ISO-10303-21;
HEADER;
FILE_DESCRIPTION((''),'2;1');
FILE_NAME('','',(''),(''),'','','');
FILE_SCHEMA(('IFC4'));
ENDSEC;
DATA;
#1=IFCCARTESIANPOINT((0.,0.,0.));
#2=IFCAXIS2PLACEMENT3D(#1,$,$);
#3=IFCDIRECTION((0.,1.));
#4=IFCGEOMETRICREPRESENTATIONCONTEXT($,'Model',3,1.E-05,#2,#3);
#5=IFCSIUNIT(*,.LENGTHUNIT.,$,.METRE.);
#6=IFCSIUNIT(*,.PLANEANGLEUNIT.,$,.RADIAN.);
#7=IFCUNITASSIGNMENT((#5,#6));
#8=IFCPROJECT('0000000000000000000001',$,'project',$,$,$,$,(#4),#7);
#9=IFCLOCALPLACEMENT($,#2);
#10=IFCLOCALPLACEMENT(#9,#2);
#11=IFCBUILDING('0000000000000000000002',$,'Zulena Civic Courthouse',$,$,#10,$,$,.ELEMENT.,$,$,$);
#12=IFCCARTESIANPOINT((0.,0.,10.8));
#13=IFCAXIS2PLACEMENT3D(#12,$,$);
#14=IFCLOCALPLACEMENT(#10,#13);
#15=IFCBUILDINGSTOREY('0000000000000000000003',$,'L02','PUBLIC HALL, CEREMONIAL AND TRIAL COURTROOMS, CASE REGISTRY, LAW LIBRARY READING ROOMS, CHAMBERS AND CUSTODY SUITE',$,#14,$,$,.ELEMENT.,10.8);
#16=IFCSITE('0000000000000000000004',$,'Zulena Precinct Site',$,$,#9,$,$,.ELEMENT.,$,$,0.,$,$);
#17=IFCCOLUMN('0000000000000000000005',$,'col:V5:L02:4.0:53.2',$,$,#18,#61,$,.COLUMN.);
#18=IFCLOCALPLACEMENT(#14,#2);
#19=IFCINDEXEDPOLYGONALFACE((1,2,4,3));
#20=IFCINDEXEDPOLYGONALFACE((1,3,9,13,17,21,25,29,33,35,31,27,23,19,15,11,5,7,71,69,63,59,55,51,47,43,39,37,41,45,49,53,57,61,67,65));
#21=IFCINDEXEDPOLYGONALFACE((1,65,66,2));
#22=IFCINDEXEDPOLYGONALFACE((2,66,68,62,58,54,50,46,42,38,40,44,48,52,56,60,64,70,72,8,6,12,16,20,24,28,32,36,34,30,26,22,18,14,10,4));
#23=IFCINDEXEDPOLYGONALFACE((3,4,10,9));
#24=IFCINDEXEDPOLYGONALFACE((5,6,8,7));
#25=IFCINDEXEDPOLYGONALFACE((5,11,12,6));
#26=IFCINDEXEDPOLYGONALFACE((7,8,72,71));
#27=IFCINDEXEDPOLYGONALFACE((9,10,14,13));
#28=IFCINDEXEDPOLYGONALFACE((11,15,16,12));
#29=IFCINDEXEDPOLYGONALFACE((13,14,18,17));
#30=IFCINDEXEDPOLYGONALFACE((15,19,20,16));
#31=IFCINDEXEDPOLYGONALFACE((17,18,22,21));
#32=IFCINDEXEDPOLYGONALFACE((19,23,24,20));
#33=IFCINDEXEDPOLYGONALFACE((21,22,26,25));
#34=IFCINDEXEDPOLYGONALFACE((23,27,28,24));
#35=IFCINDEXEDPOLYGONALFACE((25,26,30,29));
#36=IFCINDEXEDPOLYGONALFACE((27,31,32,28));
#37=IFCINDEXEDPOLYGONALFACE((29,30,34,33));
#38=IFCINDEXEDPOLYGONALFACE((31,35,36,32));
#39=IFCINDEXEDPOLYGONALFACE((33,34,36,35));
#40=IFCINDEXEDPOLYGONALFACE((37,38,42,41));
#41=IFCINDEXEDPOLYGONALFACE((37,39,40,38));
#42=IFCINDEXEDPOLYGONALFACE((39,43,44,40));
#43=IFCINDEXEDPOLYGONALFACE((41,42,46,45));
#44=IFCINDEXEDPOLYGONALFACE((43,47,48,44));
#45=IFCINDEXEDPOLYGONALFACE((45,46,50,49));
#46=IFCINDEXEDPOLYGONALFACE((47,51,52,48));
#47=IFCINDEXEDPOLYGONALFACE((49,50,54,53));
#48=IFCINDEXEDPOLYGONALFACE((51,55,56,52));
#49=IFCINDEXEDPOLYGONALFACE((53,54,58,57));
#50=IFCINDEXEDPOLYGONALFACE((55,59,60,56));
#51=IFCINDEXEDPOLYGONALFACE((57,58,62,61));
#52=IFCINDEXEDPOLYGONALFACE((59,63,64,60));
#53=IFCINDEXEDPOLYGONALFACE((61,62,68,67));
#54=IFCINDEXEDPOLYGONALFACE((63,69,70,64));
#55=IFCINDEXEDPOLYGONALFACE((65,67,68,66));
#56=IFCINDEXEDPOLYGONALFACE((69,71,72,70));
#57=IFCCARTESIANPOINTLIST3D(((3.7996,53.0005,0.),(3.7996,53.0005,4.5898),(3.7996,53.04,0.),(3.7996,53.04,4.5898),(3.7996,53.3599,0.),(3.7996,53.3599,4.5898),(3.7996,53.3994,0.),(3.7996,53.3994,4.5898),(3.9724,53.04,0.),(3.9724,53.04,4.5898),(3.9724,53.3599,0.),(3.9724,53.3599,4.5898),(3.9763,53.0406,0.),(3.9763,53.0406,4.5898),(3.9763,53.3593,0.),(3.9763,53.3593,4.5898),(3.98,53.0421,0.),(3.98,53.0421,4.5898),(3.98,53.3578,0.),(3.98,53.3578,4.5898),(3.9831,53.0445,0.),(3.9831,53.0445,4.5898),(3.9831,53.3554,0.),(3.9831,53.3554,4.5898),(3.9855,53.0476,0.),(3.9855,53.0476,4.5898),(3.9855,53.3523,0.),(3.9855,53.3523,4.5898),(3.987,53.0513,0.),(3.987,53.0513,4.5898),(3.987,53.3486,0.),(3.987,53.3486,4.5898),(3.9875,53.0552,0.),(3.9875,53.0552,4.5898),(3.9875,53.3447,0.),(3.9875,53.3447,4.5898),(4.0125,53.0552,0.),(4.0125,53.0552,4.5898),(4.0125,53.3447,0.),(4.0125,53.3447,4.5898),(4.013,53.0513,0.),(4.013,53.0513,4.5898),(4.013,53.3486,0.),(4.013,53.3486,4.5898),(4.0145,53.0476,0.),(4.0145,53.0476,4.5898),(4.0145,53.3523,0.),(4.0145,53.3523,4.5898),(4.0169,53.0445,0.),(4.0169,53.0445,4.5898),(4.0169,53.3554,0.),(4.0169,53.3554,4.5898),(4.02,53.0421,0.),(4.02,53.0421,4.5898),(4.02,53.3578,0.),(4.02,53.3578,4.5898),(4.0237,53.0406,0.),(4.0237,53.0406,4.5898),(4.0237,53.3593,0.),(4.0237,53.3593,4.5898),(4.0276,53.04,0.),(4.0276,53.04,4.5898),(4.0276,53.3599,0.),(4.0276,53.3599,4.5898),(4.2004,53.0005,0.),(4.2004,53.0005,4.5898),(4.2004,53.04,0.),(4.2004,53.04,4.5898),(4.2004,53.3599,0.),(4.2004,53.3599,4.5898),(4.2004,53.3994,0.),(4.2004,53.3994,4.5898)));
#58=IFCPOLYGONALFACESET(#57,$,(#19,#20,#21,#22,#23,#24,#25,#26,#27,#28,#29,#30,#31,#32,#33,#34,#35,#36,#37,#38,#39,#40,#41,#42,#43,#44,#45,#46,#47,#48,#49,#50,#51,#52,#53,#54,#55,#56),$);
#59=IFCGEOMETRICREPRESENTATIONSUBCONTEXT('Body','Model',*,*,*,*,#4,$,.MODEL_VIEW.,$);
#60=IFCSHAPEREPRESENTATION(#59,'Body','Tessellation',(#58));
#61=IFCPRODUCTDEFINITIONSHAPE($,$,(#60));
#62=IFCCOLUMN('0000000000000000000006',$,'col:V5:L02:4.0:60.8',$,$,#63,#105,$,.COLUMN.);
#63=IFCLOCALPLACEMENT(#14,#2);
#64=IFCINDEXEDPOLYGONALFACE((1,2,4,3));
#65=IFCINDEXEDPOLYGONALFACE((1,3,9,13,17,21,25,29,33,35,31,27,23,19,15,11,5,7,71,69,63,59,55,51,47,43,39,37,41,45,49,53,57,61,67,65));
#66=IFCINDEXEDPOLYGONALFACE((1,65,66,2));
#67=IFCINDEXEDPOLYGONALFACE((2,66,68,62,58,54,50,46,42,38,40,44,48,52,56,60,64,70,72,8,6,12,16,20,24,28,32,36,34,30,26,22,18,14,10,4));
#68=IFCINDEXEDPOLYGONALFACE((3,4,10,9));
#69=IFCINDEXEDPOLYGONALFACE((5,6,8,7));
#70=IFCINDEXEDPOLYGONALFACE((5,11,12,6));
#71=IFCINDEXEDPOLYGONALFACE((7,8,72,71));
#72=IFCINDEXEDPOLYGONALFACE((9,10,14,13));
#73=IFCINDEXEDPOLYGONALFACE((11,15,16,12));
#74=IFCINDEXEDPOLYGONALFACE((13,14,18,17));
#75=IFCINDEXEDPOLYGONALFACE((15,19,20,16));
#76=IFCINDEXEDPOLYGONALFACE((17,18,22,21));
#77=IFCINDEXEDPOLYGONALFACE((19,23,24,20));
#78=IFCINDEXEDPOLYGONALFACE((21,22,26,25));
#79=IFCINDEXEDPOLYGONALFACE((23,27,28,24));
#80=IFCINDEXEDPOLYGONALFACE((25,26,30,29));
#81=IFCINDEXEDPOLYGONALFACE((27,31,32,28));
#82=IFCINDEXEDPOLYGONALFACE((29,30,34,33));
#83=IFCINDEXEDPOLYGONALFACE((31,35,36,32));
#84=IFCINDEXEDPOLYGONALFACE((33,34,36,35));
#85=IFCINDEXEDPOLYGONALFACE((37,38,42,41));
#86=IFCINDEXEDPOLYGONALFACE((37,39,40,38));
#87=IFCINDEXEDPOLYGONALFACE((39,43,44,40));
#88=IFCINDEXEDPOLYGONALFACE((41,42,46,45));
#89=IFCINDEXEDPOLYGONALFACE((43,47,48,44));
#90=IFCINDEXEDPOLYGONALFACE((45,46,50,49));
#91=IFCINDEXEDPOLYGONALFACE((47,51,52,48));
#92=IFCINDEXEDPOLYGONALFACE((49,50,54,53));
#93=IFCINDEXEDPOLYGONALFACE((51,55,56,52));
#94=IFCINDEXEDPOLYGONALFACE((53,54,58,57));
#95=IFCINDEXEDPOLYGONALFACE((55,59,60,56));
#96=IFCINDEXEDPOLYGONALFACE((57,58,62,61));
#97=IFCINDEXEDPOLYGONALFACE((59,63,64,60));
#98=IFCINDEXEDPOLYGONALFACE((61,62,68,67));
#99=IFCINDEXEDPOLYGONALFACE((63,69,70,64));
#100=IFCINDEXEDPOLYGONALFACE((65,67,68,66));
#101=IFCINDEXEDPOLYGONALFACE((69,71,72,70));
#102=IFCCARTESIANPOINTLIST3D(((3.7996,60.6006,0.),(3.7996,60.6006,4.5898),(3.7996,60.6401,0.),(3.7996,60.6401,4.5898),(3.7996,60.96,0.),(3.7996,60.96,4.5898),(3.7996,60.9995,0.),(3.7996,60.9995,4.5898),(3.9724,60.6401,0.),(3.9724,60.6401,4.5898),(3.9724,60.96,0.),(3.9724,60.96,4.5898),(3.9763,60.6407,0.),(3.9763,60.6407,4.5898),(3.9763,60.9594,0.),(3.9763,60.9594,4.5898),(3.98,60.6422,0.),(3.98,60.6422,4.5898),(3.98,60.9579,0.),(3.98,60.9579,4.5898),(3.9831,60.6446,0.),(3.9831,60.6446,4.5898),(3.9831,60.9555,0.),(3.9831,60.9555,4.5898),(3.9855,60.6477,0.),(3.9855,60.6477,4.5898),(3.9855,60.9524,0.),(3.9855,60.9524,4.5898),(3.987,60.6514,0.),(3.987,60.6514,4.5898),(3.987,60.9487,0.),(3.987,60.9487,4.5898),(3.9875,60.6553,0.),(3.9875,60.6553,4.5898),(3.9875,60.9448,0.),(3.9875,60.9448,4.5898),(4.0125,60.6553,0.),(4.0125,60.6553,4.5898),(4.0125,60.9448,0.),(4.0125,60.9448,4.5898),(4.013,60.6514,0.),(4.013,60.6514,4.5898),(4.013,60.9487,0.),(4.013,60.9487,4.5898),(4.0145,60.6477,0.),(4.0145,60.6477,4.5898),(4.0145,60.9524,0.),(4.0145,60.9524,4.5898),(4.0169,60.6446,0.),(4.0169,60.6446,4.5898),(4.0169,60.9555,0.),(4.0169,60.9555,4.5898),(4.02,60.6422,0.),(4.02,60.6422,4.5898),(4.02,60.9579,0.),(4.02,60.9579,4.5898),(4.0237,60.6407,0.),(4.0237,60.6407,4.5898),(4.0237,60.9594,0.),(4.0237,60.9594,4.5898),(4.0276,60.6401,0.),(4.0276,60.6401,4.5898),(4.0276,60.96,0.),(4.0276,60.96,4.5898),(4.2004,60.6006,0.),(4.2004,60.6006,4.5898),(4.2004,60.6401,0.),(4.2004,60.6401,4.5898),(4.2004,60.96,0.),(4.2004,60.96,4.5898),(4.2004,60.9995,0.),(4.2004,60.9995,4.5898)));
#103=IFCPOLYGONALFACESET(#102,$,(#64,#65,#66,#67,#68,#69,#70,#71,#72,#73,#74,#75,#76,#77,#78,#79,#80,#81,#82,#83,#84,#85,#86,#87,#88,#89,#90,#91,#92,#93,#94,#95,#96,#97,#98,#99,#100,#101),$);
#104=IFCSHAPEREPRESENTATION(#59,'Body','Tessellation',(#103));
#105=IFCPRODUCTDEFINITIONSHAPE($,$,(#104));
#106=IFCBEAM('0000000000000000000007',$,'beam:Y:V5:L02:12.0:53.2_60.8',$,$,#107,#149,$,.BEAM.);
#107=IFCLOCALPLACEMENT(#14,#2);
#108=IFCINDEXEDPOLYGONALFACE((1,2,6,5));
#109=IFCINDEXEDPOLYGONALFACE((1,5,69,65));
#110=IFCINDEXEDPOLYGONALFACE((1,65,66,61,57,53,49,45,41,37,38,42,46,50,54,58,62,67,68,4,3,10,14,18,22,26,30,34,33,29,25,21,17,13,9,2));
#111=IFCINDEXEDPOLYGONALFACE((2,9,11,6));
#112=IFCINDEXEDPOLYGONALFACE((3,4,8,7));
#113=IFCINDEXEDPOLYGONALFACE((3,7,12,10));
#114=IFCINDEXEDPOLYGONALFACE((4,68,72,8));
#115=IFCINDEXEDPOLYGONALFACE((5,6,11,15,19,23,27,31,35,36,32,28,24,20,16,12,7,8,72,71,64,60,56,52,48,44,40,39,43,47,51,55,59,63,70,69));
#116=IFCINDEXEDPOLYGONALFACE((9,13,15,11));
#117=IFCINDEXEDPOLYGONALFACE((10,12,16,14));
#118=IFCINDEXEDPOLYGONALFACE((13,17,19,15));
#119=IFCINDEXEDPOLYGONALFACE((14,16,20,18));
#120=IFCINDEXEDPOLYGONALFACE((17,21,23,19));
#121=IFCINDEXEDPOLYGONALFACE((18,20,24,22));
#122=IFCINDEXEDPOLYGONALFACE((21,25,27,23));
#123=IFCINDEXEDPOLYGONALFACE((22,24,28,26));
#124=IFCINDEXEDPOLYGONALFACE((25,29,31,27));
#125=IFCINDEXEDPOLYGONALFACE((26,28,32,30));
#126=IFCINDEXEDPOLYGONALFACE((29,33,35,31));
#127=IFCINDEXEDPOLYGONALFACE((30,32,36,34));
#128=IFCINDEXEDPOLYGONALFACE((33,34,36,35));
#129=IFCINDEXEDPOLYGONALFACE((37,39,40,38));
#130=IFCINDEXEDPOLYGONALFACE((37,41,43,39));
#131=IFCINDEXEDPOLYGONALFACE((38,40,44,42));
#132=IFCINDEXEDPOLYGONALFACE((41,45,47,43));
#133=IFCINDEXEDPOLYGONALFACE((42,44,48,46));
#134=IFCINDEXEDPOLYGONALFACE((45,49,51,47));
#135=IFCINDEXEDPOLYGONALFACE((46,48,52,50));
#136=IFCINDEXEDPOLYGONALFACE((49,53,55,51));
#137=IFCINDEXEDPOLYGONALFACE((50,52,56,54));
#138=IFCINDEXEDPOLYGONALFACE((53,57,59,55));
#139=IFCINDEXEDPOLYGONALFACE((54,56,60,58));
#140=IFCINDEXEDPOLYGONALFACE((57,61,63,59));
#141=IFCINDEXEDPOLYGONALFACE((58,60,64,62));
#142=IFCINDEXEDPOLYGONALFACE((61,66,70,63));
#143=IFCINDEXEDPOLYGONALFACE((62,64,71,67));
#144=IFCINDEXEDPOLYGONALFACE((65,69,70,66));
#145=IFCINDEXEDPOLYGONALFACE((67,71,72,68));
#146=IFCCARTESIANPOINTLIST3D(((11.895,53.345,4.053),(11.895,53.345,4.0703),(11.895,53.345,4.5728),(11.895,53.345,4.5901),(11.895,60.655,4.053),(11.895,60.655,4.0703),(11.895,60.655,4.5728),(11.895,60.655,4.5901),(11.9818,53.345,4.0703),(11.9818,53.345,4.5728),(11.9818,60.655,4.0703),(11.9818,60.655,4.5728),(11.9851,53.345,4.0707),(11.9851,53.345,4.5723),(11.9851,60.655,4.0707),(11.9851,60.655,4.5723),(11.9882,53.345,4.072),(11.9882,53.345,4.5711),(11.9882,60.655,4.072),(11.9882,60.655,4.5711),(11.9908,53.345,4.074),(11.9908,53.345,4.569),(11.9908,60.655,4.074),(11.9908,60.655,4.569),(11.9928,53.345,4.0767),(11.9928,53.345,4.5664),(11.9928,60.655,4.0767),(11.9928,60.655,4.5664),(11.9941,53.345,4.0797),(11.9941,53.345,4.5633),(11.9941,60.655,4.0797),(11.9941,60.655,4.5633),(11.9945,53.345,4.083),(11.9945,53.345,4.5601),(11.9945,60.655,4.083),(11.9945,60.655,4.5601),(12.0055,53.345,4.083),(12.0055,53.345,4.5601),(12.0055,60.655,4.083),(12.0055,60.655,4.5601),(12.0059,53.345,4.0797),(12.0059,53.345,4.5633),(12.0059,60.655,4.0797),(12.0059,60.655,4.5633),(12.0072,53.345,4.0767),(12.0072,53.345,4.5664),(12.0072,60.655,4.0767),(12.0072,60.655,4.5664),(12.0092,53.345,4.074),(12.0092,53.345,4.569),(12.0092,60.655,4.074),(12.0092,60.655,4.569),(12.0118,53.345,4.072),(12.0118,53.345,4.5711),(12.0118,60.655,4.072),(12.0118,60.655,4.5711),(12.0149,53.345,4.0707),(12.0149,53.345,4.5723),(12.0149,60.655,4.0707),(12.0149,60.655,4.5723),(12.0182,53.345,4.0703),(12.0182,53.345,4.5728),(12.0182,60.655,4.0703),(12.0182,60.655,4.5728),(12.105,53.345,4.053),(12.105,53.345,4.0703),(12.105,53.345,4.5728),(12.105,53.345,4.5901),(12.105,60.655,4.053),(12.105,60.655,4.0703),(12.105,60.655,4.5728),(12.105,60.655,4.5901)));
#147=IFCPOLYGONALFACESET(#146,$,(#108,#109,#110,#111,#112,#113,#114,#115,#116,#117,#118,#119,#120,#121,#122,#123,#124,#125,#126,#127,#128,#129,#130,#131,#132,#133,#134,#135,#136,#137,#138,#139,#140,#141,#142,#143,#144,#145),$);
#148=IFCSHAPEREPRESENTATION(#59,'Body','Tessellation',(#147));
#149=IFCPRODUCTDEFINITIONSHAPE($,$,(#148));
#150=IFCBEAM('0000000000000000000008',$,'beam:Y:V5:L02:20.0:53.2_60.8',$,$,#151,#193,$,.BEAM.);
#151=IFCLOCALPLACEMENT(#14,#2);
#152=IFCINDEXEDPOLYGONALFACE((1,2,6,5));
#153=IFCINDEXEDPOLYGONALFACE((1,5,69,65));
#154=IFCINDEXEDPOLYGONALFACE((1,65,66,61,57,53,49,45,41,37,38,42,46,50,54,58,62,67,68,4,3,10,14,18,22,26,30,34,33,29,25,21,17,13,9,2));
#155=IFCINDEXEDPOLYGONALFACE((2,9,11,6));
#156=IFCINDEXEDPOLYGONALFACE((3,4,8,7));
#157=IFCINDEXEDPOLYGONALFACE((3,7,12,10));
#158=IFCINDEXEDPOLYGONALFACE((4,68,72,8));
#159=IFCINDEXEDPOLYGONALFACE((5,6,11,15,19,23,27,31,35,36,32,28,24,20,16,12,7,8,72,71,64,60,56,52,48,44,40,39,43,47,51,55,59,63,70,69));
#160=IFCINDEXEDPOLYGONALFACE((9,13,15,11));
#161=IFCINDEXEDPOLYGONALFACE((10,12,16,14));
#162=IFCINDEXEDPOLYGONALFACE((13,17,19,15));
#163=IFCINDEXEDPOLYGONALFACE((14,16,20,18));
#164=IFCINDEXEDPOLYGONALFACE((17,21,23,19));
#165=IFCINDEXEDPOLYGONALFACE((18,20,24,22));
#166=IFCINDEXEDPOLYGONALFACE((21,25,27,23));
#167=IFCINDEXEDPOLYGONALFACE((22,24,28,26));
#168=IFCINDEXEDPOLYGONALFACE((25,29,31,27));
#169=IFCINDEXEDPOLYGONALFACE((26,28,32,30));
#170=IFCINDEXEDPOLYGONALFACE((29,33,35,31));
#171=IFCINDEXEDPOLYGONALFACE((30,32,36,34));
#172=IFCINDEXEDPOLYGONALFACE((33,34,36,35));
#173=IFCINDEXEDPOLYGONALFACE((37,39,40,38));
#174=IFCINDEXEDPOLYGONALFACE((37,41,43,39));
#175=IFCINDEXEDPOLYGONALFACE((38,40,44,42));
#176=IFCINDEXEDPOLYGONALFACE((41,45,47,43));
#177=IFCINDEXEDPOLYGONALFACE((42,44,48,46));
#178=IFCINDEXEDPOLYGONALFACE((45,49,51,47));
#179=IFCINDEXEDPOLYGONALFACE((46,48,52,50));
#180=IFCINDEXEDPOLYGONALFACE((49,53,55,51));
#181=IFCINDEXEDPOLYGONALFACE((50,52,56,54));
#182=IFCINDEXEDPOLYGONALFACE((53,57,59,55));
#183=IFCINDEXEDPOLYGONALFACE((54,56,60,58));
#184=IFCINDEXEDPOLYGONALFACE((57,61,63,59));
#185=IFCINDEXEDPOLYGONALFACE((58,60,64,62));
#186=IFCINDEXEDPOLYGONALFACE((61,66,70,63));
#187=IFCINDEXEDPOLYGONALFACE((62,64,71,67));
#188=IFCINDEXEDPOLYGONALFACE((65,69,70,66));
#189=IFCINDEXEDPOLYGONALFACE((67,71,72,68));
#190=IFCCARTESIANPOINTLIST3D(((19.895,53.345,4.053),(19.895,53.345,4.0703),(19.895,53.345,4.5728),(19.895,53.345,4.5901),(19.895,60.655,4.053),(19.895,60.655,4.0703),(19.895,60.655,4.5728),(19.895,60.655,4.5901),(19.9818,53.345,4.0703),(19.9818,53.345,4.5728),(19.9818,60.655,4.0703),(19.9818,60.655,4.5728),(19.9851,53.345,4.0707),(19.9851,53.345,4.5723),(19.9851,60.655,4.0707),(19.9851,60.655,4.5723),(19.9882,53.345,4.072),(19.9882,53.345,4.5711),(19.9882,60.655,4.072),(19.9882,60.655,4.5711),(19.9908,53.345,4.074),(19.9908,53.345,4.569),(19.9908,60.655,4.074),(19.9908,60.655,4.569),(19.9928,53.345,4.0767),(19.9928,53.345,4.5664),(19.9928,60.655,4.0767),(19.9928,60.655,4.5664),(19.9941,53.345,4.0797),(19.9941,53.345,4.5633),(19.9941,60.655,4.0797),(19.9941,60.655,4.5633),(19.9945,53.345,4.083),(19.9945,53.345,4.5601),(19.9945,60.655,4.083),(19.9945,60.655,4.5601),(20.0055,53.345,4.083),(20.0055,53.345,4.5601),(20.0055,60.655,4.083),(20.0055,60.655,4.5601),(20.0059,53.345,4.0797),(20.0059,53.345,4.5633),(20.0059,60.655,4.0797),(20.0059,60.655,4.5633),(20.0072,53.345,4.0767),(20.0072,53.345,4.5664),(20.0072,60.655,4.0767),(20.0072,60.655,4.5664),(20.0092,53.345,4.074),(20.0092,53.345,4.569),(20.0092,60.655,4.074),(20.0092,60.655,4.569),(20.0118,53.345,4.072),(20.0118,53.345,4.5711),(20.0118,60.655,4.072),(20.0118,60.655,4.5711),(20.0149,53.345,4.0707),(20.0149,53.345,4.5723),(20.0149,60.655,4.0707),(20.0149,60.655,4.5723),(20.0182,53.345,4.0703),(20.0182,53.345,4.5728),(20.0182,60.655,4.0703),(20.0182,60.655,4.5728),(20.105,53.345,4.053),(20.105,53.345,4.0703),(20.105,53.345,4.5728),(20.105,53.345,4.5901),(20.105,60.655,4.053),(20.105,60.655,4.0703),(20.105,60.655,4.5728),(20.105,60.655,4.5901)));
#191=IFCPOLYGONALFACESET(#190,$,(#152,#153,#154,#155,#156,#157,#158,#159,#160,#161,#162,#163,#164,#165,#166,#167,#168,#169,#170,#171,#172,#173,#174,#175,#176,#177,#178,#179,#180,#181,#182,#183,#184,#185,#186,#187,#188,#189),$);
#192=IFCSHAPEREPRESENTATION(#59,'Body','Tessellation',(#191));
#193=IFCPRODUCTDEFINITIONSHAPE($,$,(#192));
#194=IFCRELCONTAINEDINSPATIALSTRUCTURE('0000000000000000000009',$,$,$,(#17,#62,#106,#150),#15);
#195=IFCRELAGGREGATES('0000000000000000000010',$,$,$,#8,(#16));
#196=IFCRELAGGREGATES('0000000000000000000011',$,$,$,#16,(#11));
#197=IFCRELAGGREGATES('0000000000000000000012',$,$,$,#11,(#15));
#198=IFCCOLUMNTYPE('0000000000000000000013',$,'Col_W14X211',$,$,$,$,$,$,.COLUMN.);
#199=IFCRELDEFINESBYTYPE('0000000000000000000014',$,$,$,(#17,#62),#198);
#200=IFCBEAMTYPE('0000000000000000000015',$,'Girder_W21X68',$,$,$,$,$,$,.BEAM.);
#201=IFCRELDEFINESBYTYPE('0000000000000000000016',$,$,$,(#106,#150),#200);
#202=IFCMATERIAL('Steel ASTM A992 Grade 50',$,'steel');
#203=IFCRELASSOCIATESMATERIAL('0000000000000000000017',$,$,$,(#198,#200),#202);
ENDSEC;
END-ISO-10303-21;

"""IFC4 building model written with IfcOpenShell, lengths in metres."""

from ifc_helpers import new_model, si_unit, direction, frame, origin, origin_2d, place, context, subcontext, project, spatial, i_section, extrude, material, material_profile, profile_set, type_object, element, save


model = new_model("IFC4")

# Units and contexts
model_context = context("Model", 3, precision=1e-05, world=origin(), true_north=direction((0.0, 1.0)))
body_context = subcontext(model_context, "Body", "Model", "MODEL_VIEW")
ifc_project = project(units=[si_unit("LENGTHUNIT", "METRE"), si_unit("PLANEANGLEUNIT", "RADIAN")], contexts=[model_context])

# Site, building, storey
site_placement = place(None, origin())
site = spatial("IfcSite", under=ifc_project, at=site_placement, Name="Zulena Precinct Site", CompositionType="ELEMENT", RefElevation=0.0)
building_placement = place(site_placement, origin())
building = spatial("IfcBuilding", under=site, at=building_placement, Name="Zulena Civic Courthouse", CompositionType="ELEMENT")
storey_placement = place(building_placement, frame((0.0, 0.0, 10.8)))
storey = spatial("IfcBuildingStorey", under=building, at=storey_placement, Name="L02", Description="PUBLIC HALL, CEREMONIAL AND TRIAL COURTROOMS, CASE REGISTRY, LAW LIBRARY READING ROOMS, CHAMBERS AND CUSTODY SUITE", CompositionType="ELEMENT", Elevation=10.8)

# Columns
ifc_material_1 = material(Name="Steel ASTM A992 Grade 50", Category="steel")
ifc_material_profile_1 = material_profile(ifc_material_1, i_section(OverallWidth=0.4009, OverallDepth=0.3989, WebThickness=0.0249, FlangeThickness=0.0396, FilletRadius=0.0151, at=origin_2d()), Name="W14X211")
ifc_profile_set_1 = profile_set([ifc_material_profile_1], Name="Steel ASTM A992 Grade 50")
column_type_1 = type_object("IfcColumnType", Name="Col_W14X211", PredefinedType="COLUMN", material=ifc_profile_set_1)
for number, where, z_axis, x_axis, name in (
    (1, (4.0, 53.2, 0.0), (0.0, 0.0, 1.0), (1.0, 0.0, 0.0), "col:V5:L02:4.0:53.2"),
    (2, (4.0, 60.8, 0.0), (0.0, 0.0, 1.0), (1.0, 0.0, 0.0), "col:V5:L02:4.0:60.8"),
):
    element("IfcColumn", number, at=place(storey_placement, frame(where, z_axis=z_axis, x_axis=x_axis)), inside=storey, type_object=column_type_1, Name=name, PredefinedType="COLUMN", context=body_context, shape_type="SweptSolid", body=[
        extrude(i_section(OverallWidth=0.4009, OverallDepth=0.3989, WebThickness=0.0249, FlangeThickness=0.0396, FilletRadius=0.0151, at=origin_2d()), origin(), (0.0, 0.0, 1.0), 4.5898),
    ])

# Beams
ifc_material_profile_2 = material_profile(ifc_material_1, i_section(OverallWidth=0.21, OverallDepth=0.5371, WebThickness=0.011, FlangeThickness=0.0173, FilletRadius=0.0127, at=origin_2d()), Name="W21X68")
ifc_profile_set_2 = profile_set([ifc_material_profile_2], Name="Steel ASTM A992 Grade 50")
beam_type_1 = type_object("IfcBeamType", Name="Girder_W21X68", PredefinedType="BEAM", material=ifc_profile_set_2)
for number, where, z_axis, x_axis, name in (
    (3, (12.0, 53.345, 4.3215), (0.0, 1.0, 0.0), (-1.0, 0.0, 0.0), "beam:Y:V5:L02:12.0:53.2_60.8"),
    (4, (20.0, 53.345, 4.3215), (0.0, 1.0, 0.0), (-1.0, 0.0, 0.0), "beam:Y:V5:L02:20.0:53.2_60.8"),
):
    element("IfcBeam", number, at=place(storey_placement, frame(where, z_axis=z_axis, x_axis=x_axis)), inside=storey, type_object=beam_type_1, Name=name, PredefinedType="BEAM", context=body_context, shape_type="SweptSolid", body=[
        extrude(i_section(OverallWidth=0.21, OverallDepth=0.5371, WebThickness=0.011, FlangeThickness=0.0173, FilletRadius=0.0127, at=origin_2d()), origin(), (0.0, 0.0, 1.0), 7.3101),
    ])

save(model, "model.ifc")
